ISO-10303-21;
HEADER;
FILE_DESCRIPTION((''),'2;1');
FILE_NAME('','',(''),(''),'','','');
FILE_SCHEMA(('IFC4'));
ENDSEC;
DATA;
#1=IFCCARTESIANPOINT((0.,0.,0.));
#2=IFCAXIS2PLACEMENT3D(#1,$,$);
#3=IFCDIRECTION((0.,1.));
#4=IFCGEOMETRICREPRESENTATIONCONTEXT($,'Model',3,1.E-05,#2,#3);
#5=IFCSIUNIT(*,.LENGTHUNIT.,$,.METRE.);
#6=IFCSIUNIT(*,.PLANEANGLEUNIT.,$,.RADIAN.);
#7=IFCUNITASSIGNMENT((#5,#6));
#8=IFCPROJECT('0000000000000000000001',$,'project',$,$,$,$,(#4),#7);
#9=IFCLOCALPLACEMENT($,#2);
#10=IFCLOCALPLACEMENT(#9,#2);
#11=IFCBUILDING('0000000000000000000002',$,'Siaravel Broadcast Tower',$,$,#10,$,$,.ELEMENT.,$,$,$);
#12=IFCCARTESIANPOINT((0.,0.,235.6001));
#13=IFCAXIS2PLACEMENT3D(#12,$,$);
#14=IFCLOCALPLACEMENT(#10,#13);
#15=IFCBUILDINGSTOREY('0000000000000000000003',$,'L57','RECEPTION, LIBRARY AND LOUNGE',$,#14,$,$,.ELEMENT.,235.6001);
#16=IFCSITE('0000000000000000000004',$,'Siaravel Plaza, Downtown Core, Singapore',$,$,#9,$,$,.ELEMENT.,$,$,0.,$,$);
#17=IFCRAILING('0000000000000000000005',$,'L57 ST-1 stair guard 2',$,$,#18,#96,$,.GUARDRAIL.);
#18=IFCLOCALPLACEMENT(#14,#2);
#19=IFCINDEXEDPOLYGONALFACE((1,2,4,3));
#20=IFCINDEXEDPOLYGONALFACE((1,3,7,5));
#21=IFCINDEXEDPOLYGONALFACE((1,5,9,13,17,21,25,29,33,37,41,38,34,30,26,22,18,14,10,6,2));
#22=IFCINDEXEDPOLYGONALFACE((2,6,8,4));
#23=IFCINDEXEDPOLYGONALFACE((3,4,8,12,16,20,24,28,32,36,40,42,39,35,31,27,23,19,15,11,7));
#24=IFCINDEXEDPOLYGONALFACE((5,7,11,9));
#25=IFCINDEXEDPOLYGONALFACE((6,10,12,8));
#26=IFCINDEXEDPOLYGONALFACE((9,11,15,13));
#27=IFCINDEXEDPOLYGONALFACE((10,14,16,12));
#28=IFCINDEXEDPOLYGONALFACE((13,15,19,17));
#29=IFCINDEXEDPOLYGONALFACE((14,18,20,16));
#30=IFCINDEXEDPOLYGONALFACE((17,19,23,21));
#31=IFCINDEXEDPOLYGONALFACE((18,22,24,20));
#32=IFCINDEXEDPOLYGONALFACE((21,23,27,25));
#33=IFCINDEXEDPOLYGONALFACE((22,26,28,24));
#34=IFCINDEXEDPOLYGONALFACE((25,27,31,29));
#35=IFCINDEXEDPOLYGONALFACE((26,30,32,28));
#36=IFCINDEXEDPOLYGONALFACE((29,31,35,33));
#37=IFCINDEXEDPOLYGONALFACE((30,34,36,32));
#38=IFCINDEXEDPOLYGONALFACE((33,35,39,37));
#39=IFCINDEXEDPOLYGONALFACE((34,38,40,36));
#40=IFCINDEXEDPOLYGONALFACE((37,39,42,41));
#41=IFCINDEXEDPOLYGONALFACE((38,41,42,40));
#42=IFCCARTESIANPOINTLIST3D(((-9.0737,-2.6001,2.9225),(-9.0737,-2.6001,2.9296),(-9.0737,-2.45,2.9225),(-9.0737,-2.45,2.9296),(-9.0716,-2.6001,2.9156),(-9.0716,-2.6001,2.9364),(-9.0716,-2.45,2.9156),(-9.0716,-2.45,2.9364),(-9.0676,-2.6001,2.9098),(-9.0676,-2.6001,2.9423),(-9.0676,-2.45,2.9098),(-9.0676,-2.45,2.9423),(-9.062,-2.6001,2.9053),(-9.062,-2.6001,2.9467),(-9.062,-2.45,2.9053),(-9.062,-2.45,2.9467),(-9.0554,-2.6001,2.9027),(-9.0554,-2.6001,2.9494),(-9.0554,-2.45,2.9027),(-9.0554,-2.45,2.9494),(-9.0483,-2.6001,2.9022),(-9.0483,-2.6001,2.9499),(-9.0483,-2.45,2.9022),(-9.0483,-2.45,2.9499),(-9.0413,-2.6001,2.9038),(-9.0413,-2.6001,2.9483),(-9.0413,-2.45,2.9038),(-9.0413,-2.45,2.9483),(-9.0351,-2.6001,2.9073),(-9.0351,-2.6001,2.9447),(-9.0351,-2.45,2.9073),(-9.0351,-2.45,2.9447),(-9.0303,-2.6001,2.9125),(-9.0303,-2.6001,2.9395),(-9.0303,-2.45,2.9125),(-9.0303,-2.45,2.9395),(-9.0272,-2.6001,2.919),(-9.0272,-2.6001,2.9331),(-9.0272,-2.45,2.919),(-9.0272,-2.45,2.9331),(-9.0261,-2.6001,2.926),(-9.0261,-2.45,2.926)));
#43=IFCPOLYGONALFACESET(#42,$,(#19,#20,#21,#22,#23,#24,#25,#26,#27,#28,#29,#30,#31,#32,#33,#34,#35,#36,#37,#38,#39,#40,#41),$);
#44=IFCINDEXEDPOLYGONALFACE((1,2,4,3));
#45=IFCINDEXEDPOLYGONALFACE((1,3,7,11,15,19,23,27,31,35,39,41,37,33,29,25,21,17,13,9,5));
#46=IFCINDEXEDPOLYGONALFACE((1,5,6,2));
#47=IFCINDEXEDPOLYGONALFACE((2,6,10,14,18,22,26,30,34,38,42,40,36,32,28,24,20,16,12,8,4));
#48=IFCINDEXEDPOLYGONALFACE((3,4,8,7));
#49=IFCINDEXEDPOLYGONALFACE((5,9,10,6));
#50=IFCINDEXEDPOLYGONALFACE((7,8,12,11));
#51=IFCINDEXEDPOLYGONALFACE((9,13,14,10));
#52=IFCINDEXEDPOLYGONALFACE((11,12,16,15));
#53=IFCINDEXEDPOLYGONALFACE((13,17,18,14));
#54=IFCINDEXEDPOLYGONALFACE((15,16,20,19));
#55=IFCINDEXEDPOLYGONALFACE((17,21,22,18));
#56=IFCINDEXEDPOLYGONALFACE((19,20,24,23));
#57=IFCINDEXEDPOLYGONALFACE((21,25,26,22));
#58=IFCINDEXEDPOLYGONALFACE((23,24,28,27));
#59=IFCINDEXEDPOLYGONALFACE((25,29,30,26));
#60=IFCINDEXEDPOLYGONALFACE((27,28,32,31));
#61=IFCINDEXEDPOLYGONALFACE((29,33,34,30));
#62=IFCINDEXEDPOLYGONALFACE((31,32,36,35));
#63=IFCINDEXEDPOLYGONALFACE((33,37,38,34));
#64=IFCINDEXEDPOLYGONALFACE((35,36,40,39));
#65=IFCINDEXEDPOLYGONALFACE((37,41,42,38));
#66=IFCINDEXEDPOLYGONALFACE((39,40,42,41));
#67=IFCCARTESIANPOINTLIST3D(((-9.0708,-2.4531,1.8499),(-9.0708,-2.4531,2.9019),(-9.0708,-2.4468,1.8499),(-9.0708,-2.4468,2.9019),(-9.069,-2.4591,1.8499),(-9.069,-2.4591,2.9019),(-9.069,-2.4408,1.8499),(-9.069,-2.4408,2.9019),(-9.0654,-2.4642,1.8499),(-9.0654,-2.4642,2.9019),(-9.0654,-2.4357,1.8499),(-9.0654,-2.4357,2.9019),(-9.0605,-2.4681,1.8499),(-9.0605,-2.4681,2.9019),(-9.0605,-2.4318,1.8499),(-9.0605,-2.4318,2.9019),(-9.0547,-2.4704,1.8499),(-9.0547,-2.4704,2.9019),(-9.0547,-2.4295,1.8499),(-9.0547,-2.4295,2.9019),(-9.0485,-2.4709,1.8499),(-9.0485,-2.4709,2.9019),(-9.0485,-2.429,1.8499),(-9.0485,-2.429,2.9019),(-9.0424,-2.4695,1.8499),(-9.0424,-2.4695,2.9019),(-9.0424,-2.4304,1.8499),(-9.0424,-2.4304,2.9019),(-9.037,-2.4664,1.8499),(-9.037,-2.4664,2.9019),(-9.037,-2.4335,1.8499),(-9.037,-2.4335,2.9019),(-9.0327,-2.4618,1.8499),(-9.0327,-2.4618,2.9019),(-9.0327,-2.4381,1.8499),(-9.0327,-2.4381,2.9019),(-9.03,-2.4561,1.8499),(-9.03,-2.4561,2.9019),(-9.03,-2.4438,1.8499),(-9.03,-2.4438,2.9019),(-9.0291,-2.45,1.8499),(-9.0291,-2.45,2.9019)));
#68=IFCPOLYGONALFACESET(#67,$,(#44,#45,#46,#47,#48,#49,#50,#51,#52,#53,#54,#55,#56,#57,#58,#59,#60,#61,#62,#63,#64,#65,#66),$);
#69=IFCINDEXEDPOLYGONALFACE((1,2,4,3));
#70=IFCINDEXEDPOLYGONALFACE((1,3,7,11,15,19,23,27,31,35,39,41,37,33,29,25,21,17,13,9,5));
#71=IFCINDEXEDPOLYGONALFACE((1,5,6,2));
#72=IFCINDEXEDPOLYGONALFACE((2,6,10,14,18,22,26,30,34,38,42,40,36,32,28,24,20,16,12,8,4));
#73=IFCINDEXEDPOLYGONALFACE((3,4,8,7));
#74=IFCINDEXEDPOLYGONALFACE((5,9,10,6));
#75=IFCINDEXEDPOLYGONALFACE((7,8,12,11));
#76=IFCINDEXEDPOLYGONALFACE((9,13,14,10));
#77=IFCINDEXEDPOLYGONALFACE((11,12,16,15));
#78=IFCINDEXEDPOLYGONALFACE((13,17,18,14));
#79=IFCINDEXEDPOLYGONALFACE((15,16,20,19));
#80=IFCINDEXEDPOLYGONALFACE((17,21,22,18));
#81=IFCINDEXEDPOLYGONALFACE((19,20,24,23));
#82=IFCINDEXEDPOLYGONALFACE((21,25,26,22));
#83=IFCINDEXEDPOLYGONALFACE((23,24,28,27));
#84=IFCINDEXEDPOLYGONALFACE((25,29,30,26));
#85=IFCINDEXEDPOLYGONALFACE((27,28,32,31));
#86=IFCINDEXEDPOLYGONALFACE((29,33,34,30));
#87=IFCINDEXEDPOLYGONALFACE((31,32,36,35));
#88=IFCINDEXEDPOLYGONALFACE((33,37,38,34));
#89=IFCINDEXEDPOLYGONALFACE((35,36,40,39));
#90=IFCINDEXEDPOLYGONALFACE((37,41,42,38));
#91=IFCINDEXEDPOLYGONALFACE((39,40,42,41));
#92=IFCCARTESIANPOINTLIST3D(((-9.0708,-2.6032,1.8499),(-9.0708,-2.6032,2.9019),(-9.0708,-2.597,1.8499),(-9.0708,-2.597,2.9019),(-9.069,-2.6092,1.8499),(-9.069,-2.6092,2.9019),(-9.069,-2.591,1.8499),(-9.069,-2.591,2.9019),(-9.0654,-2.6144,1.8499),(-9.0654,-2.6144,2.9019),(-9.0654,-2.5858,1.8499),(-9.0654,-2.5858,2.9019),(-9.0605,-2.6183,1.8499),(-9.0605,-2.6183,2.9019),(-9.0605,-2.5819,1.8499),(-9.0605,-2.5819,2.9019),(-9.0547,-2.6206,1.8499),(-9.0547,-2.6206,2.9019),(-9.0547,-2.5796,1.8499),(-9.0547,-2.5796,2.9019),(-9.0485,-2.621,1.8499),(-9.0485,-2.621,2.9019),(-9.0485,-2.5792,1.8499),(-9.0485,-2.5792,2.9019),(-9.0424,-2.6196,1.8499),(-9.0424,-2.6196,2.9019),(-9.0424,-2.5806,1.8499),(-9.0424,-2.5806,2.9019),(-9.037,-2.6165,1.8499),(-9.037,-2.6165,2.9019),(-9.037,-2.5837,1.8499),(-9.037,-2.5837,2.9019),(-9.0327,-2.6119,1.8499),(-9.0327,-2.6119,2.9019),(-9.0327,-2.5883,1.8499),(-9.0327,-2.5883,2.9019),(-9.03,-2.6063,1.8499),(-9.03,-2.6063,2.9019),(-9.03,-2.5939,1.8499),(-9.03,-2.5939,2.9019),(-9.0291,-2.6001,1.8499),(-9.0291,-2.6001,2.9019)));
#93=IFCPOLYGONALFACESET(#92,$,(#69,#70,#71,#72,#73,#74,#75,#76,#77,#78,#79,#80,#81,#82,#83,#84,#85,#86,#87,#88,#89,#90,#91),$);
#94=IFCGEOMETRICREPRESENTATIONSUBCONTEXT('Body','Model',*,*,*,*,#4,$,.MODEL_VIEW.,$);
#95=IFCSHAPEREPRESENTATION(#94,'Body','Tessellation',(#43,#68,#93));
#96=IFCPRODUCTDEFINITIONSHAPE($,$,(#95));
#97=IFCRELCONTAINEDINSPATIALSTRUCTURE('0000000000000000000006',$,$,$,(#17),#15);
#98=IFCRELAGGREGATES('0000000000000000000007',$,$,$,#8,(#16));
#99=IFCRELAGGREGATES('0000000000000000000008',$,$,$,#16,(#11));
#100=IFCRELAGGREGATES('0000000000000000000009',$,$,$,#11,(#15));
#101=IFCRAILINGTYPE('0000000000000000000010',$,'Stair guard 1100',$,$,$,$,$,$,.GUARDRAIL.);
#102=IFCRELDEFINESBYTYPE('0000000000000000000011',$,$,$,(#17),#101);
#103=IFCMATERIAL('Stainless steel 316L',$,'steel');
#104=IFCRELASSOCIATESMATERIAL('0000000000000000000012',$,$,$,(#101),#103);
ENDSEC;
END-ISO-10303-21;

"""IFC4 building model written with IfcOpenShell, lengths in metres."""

from ifc_helpers import new_model, si_unit, direction, frame, origin, origin_2d, place, context, subcontext, project, spatial, circle, extrude, material, type_object, element, save


model = new_model("IFC4")

# Units and contexts
model_context = context("Model", 3, precision=1e-05, world=origin(), true_north=direction((0.0, 1.0)))
body_context = subcontext(model_context, "Body", "Model", "MODEL_VIEW")
ifc_project = project(units=[si_unit("LENGTHUNIT", "METRE"), si_unit("PLANEANGLEUNIT", "RADIAN")], contexts=[model_context])

# Site, building, storey
site_placement = place(None, origin())
site = spatial("IfcSite", under=ifc_project, at=site_placement, Name="Siaravel Plaza, Downtown Core, Singapore", CompositionType="ELEMENT", RefElevation=0.0)
building_placement = place(site_placement, origin())
building = spatial("IfcBuilding", under=site, at=building_placement, Name="Siaravel Broadcast Tower", CompositionType="ELEMENT")
storey_placement = place(building_placement, frame((0.0, 0.0, 235.6001)))
storey = spatial("IfcBuildingStorey", under=building, at=storey_placement, Name="L57", Description="RECEPTION, LIBRARY AND LOUNGE", CompositionType="ELEMENT", Elevation=235.6001)

# Shared definitions
ifc_material_1 = material(Name="Stainless steel 316L", Category="steel")

# Railing
railing_type_1 = type_object("IfcRailingType", Name="Stair guard 1100", PredefinedType="GUARDRAIL", material=ifc_material_1)
railing_1_placement = place(storey_placement, frame((-9.05, -2.45, 1.8499)))
element("IfcRailing", 1, at=railing_1_placement, inside=storey, type_object=railing_type_1, Name="L57 ST-1 stair guard 2", PredefinedType="GUARDRAIL", context=body_context, shape_type="SweptSolid", body=[
    extrude(circle(Radius=0.0239, at=origin_2d()), frame((0.0, 0.0, 1.0762), z_axis=(0.0, -1.0, 0.0), x_axis=(1.0, 0.0, 0.0)), (0.0, 0.0, 1.0), 0.1501),
    extrude(circle(Radius=0.021, at=origin_2d()), origin(), (0.0, 0.0, 1.0), 1.052),
    extrude(circle(Radius=0.021, at=origin_2d()), frame((0.0, -0.1501, 0.0)), (0.0, 0.0, 1.0), 1.052),
])

save(model, "model.ifc")
